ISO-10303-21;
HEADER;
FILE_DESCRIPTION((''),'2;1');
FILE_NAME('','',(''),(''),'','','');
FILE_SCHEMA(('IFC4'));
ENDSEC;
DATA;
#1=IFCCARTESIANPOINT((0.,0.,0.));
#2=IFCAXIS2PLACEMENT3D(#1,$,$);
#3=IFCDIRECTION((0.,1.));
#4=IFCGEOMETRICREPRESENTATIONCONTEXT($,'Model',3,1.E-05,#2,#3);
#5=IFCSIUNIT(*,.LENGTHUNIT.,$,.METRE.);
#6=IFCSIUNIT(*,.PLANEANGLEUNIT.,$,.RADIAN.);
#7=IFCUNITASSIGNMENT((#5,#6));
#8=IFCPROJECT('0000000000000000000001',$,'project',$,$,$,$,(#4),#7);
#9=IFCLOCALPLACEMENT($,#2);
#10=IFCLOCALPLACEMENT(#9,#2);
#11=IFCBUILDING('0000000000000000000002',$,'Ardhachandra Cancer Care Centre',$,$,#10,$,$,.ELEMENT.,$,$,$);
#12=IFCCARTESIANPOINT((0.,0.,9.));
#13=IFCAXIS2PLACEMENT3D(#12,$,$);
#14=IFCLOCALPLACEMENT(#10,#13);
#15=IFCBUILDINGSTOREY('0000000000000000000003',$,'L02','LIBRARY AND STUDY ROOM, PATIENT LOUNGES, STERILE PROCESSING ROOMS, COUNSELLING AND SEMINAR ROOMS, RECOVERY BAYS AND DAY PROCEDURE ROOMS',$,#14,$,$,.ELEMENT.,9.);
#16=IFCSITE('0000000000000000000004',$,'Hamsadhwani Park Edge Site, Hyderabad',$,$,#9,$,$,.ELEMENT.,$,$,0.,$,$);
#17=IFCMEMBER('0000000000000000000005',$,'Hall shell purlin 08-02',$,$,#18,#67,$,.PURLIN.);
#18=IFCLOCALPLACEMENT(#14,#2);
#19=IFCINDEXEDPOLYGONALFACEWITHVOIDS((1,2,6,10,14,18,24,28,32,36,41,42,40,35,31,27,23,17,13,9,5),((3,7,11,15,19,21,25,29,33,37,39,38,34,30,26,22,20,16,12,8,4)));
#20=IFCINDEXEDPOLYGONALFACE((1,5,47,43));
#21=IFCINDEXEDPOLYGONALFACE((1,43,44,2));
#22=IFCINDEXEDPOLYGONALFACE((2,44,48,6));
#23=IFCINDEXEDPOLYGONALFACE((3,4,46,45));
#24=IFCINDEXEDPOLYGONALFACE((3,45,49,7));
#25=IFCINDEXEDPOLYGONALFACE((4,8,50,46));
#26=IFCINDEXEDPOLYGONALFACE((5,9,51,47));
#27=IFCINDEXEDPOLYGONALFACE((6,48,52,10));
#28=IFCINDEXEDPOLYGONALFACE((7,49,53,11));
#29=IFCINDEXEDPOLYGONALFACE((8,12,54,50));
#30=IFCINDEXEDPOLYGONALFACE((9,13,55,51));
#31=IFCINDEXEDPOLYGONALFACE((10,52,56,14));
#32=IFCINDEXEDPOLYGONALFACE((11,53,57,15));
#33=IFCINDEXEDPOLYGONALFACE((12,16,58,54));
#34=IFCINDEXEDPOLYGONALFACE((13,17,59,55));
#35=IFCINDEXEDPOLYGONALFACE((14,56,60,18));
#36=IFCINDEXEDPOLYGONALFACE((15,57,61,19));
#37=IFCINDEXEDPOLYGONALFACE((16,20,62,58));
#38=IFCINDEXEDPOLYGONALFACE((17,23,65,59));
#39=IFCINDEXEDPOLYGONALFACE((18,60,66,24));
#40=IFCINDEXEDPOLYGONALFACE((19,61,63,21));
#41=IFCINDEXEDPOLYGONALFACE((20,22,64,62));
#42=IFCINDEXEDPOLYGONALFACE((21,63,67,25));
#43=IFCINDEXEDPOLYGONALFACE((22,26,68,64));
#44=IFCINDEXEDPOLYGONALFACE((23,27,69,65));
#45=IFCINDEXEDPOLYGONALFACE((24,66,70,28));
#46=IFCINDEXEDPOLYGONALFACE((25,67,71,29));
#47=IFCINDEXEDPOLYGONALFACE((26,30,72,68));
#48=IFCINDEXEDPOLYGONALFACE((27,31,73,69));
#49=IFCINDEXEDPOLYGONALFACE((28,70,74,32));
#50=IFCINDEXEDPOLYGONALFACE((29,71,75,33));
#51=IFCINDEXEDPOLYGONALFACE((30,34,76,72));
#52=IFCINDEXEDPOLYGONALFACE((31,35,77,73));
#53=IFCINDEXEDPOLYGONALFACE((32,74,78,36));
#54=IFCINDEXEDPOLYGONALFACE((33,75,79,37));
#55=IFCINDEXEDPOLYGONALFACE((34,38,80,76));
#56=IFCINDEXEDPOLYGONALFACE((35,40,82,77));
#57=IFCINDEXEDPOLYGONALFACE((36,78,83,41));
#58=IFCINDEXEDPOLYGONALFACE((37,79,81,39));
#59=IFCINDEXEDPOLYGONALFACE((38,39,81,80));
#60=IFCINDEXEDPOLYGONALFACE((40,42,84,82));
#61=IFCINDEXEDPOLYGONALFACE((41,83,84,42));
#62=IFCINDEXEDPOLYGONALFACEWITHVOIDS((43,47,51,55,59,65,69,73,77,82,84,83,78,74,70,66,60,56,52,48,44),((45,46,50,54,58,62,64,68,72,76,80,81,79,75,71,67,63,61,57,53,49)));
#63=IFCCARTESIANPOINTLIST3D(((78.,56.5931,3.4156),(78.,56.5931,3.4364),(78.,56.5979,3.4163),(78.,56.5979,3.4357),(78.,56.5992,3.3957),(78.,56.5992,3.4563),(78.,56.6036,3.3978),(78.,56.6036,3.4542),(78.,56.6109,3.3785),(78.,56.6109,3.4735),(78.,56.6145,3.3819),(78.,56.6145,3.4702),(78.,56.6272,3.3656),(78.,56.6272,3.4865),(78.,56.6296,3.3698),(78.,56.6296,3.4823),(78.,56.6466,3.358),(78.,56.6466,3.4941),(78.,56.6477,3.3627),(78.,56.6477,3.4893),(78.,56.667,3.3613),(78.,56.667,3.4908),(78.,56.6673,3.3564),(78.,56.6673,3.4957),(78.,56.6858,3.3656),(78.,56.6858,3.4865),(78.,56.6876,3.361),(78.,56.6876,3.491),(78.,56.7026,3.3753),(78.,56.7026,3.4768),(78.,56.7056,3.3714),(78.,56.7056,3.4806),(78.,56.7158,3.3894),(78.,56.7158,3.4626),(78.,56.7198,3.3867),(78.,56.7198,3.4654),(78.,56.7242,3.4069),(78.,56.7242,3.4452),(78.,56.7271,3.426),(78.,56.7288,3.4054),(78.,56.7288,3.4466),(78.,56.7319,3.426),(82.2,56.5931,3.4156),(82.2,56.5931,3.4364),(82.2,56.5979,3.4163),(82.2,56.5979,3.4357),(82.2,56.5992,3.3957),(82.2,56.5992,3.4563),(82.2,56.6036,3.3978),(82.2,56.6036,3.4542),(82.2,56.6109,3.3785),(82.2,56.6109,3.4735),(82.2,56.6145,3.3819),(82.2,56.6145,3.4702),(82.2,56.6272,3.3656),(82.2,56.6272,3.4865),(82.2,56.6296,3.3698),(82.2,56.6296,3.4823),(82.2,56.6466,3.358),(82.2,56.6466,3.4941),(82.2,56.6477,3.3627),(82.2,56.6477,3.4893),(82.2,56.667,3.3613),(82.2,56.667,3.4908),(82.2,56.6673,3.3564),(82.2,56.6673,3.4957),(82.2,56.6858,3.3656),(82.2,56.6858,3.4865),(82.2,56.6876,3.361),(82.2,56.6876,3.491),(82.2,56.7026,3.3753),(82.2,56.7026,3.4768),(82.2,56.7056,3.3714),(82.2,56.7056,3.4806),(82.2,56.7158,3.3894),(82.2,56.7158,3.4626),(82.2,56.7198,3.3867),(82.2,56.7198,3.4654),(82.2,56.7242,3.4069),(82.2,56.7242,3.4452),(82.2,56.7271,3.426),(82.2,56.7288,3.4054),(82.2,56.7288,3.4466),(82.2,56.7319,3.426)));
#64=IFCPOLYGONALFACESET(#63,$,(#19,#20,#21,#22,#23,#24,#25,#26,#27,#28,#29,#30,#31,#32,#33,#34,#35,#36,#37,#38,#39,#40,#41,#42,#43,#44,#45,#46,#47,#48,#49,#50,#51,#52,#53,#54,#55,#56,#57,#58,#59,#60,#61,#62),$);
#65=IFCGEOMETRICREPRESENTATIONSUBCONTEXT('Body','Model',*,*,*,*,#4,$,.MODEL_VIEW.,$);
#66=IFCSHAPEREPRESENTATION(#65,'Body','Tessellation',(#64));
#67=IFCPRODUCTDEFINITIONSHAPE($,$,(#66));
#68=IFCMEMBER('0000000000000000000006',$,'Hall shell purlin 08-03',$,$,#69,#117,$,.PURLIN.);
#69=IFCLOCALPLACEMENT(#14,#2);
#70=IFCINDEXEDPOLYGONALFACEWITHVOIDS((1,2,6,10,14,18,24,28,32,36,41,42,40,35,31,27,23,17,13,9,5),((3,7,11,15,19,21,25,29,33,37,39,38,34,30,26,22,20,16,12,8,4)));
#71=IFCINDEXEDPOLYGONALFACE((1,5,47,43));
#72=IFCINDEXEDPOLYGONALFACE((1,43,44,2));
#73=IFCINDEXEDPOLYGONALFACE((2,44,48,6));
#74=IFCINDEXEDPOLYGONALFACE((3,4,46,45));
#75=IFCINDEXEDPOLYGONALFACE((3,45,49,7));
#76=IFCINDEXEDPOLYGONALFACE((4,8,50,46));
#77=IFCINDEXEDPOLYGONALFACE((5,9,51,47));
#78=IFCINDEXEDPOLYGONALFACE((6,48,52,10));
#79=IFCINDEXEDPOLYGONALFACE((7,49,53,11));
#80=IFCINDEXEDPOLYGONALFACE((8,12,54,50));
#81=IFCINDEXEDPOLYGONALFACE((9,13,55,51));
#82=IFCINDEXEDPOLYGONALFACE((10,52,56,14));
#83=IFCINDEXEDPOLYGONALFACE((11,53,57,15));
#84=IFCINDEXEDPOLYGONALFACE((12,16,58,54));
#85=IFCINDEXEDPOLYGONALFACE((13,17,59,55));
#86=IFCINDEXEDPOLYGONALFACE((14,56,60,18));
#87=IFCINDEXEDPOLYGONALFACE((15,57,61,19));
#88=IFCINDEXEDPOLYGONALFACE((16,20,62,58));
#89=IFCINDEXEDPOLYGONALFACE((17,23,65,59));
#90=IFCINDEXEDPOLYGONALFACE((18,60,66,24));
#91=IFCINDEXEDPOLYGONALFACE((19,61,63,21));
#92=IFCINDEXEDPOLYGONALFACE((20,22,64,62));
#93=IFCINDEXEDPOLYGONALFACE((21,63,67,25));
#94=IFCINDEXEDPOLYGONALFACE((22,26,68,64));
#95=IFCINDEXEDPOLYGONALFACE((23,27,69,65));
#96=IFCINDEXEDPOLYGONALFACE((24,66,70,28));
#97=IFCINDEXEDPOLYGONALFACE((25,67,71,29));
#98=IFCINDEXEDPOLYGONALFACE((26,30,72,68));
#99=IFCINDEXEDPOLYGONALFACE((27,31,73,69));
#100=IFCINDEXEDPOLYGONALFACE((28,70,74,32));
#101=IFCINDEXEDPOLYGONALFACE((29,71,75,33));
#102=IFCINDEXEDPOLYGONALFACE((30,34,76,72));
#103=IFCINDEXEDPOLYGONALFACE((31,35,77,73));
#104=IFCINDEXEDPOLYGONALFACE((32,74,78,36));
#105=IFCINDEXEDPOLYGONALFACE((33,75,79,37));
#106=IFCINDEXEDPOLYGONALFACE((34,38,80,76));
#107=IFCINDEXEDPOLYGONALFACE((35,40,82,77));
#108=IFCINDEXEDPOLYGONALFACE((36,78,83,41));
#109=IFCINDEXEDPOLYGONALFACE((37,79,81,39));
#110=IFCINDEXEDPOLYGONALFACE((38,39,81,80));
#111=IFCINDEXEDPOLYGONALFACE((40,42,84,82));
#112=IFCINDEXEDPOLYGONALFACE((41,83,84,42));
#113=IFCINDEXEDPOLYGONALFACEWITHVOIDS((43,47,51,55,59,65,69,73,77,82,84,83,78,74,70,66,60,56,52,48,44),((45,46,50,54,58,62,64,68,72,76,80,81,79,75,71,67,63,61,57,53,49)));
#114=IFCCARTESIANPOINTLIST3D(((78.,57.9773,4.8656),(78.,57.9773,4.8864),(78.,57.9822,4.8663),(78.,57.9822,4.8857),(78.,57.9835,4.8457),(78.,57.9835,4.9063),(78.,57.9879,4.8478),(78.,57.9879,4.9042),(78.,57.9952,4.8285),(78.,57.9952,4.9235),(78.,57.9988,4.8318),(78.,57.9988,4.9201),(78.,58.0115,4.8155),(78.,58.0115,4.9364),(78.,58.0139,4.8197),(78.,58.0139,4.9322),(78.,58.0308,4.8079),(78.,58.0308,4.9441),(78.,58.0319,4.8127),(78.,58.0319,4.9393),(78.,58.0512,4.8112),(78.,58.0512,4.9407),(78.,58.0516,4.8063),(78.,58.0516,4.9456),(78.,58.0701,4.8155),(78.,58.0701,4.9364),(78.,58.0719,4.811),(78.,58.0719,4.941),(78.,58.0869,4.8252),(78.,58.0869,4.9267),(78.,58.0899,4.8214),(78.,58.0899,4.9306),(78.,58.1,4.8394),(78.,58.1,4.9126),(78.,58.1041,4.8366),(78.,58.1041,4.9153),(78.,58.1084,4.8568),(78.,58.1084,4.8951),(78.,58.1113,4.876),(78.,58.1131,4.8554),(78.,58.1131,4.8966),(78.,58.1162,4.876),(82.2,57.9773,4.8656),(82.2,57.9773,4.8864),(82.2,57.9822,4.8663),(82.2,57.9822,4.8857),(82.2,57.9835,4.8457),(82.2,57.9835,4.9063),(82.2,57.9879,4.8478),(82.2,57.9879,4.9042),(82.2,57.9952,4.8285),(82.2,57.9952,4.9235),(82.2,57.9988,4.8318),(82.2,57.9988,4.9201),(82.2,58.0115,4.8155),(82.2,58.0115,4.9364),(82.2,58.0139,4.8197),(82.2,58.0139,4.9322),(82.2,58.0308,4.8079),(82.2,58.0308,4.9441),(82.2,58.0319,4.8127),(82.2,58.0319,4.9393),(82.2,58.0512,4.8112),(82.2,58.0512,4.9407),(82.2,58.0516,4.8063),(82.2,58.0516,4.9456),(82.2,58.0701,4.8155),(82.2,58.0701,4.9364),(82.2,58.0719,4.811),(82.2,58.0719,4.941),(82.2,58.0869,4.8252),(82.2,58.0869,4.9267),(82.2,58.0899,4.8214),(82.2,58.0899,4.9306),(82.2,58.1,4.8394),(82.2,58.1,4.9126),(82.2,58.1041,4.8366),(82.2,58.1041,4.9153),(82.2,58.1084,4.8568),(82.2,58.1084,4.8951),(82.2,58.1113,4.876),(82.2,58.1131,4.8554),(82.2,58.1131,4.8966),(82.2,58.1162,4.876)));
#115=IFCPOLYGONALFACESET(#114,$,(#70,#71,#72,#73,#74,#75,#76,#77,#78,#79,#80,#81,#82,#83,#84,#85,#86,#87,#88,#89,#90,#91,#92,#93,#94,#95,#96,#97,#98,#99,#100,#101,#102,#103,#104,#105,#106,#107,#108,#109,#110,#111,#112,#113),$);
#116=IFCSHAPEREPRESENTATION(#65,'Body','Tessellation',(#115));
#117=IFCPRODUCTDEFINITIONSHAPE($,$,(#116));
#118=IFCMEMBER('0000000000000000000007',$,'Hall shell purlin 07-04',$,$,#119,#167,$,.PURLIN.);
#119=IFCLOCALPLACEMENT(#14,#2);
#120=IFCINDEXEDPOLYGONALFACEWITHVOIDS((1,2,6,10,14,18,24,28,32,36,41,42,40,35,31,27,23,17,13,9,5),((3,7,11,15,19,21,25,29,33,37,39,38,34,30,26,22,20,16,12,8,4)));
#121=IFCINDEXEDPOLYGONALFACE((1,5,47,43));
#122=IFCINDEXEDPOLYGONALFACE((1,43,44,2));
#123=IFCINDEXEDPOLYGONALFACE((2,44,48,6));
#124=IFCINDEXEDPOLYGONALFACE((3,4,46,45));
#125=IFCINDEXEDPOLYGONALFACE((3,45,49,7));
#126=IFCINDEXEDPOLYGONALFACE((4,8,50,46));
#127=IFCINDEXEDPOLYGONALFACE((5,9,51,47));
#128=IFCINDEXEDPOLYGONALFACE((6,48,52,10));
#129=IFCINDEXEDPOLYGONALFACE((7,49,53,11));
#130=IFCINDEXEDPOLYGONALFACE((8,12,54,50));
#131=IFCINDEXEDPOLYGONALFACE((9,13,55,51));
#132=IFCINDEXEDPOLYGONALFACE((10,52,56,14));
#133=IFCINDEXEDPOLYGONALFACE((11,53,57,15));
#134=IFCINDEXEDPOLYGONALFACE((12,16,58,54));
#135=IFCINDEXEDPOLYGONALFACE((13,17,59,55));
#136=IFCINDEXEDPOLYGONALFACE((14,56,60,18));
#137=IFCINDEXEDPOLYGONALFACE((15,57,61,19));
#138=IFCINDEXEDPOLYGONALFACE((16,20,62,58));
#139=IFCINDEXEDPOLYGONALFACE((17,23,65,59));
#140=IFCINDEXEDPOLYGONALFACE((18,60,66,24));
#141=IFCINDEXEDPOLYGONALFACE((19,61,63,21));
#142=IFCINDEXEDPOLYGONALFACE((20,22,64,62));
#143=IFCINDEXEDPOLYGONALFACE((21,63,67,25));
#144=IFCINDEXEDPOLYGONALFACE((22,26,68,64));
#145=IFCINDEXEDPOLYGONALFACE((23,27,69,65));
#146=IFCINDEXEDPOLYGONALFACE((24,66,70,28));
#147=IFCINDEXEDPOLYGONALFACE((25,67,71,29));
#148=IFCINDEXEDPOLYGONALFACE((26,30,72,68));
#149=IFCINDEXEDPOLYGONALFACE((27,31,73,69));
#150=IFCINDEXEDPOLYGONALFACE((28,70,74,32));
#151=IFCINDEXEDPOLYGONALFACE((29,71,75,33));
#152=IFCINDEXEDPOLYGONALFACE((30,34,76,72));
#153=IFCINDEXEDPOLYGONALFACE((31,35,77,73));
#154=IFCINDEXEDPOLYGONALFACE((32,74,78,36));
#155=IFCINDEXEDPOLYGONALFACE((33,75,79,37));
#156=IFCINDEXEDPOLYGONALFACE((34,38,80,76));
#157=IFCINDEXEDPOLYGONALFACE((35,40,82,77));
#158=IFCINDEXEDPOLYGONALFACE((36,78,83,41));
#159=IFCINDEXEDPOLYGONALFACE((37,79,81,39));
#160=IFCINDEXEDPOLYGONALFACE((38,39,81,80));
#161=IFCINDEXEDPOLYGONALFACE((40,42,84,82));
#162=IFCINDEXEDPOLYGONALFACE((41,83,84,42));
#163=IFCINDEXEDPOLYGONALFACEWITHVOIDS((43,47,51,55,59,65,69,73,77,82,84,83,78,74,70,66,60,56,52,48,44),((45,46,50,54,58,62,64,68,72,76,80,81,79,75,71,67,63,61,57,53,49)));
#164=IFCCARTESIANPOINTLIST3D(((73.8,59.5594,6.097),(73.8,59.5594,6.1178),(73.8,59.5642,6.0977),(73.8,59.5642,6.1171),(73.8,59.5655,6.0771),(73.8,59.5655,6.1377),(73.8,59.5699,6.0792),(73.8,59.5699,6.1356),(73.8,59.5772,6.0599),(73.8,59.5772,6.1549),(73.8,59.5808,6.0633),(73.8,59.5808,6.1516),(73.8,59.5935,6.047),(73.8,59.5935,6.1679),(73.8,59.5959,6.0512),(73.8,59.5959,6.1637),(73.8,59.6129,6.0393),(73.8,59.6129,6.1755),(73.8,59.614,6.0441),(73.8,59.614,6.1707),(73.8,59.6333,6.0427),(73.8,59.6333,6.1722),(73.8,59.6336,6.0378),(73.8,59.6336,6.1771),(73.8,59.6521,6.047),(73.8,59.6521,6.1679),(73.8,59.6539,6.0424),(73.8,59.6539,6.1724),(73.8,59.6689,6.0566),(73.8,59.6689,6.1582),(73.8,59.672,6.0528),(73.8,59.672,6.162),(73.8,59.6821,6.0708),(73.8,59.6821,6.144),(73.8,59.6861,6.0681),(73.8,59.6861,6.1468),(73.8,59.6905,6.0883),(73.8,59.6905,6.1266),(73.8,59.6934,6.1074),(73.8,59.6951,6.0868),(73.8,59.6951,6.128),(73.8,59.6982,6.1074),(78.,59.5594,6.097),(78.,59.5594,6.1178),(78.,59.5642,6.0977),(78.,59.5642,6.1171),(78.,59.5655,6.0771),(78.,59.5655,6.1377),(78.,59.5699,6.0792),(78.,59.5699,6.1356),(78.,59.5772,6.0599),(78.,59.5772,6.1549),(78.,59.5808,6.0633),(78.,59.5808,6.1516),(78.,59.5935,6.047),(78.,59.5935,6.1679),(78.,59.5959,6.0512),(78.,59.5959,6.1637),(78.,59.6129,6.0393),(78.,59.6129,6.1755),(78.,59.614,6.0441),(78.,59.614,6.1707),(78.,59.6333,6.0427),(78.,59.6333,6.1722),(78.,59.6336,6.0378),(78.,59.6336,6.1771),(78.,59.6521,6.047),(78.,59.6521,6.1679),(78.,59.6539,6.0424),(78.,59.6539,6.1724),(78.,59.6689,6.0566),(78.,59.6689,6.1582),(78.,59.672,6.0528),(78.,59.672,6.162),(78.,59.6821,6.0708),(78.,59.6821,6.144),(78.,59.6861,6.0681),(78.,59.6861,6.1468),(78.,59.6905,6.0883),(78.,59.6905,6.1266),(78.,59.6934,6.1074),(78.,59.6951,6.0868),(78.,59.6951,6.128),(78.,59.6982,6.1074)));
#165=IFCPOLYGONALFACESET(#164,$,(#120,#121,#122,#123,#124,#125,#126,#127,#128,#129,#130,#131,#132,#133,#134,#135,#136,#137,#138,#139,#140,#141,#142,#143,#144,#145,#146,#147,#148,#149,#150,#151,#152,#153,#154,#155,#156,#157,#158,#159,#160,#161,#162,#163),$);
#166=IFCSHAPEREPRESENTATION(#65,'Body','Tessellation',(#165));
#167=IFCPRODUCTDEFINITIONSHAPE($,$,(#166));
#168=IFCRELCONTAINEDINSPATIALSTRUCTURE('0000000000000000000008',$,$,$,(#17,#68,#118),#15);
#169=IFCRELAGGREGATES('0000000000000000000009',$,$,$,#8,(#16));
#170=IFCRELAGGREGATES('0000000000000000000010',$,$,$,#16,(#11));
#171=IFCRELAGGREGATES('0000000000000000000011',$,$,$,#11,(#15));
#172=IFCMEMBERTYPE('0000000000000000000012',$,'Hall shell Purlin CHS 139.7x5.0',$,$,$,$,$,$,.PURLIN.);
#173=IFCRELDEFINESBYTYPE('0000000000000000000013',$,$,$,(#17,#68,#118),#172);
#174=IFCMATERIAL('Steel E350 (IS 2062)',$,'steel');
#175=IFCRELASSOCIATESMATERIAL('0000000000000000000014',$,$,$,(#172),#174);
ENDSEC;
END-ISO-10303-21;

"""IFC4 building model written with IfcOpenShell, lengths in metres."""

from ifc_helpers import new_model, si_unit, direction, frame, origin, origin_2d, place, context, subcontext, project, spatial, hollow_circle, extrude, material, material_profile, profile_set, type_object, element, save


model = new_model("IFC4")

# Units and contexts
model_context = context("Model", 3, precision=1e-05, world=origin(), true_north=direction((0.0, 1.0)))
body_context = subcontext(model_context, "Body", "Model", "MODEL_VIEW")
ifc_project = project(units=[si_unit("LENGTHUNIT", "METRE"), si_unit("PLANEANGLEUNIT", "RADIAN")], contexts=[model_context])

# Site, building, storey
site_placement = place(None, origin())
site = spatial("IfcSite", under=ifc_project, at=site_placement, Name="Hamsadhwani Park Edge Site, Hyderabad", CompositionType="ELEMENT", RefElevation=0.0)
building_placement = place(site_placement, origin())
building = spatial("IfcBuilding", under=site, at=building_placement, Name="Ardhachandra Cancer Care Centre", CompositionType="ELEMENT")
storey_placement = place(building_placement, frame((0.0, 0.0, 9.0)))
storey = spatial("IfcBuildingStorey", under=building, at=storey_placement, Name="L02", Description="LIBRARY AND STUDY ROOM, PATIENT LOUNGES, STERILE PROCESSING ROOMS, COUNSELLING AND SEMINAR ROOMS, RECOVERY BAYS AND DAY PROCEDURE ROOMS", CompositionType="ELEMENT", Elevation=9.0)

# Members
ifc_material_1 = material(Name="Steel E350 (IS 2062)", Category="steel")
ifc_material_profile_1 = material_profile(ifc_material_1, hollow_circle(Radius=0.0698, WallThickness=0.0049, at=origin_2d()), Name="CHS 139.7x5.0")
ifc_profile_set_1 = profile_set([ifc_material_profile_1], Name="Steel E350 (IS 2062)")
member_type_1 = type_object("IfcMemberType", Name="Hall shell Purlin CHS 139.7x5.0", PredefinedType="PURLIN", material=ifc_profile_set_1)
for number, where, z_axis, x_axis, name in (
    (1, (78.0, 56.6621, 3.426), (1.0, 0.0, 0.0), (0.0, 1.0, 0.0), "Hall shell purlin 08-02"),
    (2, (78.0, 58.0464, 4.876), (1.0, 0.0, 0.0), (0.0, 1.0, 0.0), "Hall shell purlin 08-03"),
    (3, (73.8, 59.6284, 6.1074), (1.0, 0.0, 0.0), (0.0, 1.0, 0.0), "Hall shell purlin 07-04"),
):
    element("IfcMember", number, at=place(storey_placement, frame(where, z_axis=z_axis, x_axis=x_axis)), inside=storey, type_object=member_type_1, Name=name, PredefinedType="PURLIN", context=body_context, shape_type="SweptSolid", body=[
        extrude(hollow_circle(Radius=0.0698, WallThickness=0.0049, at=origin_2d()), origin(), (0.0, 0.0, 1.0), 4.2),
    ])

save(model, "model.ifc")
